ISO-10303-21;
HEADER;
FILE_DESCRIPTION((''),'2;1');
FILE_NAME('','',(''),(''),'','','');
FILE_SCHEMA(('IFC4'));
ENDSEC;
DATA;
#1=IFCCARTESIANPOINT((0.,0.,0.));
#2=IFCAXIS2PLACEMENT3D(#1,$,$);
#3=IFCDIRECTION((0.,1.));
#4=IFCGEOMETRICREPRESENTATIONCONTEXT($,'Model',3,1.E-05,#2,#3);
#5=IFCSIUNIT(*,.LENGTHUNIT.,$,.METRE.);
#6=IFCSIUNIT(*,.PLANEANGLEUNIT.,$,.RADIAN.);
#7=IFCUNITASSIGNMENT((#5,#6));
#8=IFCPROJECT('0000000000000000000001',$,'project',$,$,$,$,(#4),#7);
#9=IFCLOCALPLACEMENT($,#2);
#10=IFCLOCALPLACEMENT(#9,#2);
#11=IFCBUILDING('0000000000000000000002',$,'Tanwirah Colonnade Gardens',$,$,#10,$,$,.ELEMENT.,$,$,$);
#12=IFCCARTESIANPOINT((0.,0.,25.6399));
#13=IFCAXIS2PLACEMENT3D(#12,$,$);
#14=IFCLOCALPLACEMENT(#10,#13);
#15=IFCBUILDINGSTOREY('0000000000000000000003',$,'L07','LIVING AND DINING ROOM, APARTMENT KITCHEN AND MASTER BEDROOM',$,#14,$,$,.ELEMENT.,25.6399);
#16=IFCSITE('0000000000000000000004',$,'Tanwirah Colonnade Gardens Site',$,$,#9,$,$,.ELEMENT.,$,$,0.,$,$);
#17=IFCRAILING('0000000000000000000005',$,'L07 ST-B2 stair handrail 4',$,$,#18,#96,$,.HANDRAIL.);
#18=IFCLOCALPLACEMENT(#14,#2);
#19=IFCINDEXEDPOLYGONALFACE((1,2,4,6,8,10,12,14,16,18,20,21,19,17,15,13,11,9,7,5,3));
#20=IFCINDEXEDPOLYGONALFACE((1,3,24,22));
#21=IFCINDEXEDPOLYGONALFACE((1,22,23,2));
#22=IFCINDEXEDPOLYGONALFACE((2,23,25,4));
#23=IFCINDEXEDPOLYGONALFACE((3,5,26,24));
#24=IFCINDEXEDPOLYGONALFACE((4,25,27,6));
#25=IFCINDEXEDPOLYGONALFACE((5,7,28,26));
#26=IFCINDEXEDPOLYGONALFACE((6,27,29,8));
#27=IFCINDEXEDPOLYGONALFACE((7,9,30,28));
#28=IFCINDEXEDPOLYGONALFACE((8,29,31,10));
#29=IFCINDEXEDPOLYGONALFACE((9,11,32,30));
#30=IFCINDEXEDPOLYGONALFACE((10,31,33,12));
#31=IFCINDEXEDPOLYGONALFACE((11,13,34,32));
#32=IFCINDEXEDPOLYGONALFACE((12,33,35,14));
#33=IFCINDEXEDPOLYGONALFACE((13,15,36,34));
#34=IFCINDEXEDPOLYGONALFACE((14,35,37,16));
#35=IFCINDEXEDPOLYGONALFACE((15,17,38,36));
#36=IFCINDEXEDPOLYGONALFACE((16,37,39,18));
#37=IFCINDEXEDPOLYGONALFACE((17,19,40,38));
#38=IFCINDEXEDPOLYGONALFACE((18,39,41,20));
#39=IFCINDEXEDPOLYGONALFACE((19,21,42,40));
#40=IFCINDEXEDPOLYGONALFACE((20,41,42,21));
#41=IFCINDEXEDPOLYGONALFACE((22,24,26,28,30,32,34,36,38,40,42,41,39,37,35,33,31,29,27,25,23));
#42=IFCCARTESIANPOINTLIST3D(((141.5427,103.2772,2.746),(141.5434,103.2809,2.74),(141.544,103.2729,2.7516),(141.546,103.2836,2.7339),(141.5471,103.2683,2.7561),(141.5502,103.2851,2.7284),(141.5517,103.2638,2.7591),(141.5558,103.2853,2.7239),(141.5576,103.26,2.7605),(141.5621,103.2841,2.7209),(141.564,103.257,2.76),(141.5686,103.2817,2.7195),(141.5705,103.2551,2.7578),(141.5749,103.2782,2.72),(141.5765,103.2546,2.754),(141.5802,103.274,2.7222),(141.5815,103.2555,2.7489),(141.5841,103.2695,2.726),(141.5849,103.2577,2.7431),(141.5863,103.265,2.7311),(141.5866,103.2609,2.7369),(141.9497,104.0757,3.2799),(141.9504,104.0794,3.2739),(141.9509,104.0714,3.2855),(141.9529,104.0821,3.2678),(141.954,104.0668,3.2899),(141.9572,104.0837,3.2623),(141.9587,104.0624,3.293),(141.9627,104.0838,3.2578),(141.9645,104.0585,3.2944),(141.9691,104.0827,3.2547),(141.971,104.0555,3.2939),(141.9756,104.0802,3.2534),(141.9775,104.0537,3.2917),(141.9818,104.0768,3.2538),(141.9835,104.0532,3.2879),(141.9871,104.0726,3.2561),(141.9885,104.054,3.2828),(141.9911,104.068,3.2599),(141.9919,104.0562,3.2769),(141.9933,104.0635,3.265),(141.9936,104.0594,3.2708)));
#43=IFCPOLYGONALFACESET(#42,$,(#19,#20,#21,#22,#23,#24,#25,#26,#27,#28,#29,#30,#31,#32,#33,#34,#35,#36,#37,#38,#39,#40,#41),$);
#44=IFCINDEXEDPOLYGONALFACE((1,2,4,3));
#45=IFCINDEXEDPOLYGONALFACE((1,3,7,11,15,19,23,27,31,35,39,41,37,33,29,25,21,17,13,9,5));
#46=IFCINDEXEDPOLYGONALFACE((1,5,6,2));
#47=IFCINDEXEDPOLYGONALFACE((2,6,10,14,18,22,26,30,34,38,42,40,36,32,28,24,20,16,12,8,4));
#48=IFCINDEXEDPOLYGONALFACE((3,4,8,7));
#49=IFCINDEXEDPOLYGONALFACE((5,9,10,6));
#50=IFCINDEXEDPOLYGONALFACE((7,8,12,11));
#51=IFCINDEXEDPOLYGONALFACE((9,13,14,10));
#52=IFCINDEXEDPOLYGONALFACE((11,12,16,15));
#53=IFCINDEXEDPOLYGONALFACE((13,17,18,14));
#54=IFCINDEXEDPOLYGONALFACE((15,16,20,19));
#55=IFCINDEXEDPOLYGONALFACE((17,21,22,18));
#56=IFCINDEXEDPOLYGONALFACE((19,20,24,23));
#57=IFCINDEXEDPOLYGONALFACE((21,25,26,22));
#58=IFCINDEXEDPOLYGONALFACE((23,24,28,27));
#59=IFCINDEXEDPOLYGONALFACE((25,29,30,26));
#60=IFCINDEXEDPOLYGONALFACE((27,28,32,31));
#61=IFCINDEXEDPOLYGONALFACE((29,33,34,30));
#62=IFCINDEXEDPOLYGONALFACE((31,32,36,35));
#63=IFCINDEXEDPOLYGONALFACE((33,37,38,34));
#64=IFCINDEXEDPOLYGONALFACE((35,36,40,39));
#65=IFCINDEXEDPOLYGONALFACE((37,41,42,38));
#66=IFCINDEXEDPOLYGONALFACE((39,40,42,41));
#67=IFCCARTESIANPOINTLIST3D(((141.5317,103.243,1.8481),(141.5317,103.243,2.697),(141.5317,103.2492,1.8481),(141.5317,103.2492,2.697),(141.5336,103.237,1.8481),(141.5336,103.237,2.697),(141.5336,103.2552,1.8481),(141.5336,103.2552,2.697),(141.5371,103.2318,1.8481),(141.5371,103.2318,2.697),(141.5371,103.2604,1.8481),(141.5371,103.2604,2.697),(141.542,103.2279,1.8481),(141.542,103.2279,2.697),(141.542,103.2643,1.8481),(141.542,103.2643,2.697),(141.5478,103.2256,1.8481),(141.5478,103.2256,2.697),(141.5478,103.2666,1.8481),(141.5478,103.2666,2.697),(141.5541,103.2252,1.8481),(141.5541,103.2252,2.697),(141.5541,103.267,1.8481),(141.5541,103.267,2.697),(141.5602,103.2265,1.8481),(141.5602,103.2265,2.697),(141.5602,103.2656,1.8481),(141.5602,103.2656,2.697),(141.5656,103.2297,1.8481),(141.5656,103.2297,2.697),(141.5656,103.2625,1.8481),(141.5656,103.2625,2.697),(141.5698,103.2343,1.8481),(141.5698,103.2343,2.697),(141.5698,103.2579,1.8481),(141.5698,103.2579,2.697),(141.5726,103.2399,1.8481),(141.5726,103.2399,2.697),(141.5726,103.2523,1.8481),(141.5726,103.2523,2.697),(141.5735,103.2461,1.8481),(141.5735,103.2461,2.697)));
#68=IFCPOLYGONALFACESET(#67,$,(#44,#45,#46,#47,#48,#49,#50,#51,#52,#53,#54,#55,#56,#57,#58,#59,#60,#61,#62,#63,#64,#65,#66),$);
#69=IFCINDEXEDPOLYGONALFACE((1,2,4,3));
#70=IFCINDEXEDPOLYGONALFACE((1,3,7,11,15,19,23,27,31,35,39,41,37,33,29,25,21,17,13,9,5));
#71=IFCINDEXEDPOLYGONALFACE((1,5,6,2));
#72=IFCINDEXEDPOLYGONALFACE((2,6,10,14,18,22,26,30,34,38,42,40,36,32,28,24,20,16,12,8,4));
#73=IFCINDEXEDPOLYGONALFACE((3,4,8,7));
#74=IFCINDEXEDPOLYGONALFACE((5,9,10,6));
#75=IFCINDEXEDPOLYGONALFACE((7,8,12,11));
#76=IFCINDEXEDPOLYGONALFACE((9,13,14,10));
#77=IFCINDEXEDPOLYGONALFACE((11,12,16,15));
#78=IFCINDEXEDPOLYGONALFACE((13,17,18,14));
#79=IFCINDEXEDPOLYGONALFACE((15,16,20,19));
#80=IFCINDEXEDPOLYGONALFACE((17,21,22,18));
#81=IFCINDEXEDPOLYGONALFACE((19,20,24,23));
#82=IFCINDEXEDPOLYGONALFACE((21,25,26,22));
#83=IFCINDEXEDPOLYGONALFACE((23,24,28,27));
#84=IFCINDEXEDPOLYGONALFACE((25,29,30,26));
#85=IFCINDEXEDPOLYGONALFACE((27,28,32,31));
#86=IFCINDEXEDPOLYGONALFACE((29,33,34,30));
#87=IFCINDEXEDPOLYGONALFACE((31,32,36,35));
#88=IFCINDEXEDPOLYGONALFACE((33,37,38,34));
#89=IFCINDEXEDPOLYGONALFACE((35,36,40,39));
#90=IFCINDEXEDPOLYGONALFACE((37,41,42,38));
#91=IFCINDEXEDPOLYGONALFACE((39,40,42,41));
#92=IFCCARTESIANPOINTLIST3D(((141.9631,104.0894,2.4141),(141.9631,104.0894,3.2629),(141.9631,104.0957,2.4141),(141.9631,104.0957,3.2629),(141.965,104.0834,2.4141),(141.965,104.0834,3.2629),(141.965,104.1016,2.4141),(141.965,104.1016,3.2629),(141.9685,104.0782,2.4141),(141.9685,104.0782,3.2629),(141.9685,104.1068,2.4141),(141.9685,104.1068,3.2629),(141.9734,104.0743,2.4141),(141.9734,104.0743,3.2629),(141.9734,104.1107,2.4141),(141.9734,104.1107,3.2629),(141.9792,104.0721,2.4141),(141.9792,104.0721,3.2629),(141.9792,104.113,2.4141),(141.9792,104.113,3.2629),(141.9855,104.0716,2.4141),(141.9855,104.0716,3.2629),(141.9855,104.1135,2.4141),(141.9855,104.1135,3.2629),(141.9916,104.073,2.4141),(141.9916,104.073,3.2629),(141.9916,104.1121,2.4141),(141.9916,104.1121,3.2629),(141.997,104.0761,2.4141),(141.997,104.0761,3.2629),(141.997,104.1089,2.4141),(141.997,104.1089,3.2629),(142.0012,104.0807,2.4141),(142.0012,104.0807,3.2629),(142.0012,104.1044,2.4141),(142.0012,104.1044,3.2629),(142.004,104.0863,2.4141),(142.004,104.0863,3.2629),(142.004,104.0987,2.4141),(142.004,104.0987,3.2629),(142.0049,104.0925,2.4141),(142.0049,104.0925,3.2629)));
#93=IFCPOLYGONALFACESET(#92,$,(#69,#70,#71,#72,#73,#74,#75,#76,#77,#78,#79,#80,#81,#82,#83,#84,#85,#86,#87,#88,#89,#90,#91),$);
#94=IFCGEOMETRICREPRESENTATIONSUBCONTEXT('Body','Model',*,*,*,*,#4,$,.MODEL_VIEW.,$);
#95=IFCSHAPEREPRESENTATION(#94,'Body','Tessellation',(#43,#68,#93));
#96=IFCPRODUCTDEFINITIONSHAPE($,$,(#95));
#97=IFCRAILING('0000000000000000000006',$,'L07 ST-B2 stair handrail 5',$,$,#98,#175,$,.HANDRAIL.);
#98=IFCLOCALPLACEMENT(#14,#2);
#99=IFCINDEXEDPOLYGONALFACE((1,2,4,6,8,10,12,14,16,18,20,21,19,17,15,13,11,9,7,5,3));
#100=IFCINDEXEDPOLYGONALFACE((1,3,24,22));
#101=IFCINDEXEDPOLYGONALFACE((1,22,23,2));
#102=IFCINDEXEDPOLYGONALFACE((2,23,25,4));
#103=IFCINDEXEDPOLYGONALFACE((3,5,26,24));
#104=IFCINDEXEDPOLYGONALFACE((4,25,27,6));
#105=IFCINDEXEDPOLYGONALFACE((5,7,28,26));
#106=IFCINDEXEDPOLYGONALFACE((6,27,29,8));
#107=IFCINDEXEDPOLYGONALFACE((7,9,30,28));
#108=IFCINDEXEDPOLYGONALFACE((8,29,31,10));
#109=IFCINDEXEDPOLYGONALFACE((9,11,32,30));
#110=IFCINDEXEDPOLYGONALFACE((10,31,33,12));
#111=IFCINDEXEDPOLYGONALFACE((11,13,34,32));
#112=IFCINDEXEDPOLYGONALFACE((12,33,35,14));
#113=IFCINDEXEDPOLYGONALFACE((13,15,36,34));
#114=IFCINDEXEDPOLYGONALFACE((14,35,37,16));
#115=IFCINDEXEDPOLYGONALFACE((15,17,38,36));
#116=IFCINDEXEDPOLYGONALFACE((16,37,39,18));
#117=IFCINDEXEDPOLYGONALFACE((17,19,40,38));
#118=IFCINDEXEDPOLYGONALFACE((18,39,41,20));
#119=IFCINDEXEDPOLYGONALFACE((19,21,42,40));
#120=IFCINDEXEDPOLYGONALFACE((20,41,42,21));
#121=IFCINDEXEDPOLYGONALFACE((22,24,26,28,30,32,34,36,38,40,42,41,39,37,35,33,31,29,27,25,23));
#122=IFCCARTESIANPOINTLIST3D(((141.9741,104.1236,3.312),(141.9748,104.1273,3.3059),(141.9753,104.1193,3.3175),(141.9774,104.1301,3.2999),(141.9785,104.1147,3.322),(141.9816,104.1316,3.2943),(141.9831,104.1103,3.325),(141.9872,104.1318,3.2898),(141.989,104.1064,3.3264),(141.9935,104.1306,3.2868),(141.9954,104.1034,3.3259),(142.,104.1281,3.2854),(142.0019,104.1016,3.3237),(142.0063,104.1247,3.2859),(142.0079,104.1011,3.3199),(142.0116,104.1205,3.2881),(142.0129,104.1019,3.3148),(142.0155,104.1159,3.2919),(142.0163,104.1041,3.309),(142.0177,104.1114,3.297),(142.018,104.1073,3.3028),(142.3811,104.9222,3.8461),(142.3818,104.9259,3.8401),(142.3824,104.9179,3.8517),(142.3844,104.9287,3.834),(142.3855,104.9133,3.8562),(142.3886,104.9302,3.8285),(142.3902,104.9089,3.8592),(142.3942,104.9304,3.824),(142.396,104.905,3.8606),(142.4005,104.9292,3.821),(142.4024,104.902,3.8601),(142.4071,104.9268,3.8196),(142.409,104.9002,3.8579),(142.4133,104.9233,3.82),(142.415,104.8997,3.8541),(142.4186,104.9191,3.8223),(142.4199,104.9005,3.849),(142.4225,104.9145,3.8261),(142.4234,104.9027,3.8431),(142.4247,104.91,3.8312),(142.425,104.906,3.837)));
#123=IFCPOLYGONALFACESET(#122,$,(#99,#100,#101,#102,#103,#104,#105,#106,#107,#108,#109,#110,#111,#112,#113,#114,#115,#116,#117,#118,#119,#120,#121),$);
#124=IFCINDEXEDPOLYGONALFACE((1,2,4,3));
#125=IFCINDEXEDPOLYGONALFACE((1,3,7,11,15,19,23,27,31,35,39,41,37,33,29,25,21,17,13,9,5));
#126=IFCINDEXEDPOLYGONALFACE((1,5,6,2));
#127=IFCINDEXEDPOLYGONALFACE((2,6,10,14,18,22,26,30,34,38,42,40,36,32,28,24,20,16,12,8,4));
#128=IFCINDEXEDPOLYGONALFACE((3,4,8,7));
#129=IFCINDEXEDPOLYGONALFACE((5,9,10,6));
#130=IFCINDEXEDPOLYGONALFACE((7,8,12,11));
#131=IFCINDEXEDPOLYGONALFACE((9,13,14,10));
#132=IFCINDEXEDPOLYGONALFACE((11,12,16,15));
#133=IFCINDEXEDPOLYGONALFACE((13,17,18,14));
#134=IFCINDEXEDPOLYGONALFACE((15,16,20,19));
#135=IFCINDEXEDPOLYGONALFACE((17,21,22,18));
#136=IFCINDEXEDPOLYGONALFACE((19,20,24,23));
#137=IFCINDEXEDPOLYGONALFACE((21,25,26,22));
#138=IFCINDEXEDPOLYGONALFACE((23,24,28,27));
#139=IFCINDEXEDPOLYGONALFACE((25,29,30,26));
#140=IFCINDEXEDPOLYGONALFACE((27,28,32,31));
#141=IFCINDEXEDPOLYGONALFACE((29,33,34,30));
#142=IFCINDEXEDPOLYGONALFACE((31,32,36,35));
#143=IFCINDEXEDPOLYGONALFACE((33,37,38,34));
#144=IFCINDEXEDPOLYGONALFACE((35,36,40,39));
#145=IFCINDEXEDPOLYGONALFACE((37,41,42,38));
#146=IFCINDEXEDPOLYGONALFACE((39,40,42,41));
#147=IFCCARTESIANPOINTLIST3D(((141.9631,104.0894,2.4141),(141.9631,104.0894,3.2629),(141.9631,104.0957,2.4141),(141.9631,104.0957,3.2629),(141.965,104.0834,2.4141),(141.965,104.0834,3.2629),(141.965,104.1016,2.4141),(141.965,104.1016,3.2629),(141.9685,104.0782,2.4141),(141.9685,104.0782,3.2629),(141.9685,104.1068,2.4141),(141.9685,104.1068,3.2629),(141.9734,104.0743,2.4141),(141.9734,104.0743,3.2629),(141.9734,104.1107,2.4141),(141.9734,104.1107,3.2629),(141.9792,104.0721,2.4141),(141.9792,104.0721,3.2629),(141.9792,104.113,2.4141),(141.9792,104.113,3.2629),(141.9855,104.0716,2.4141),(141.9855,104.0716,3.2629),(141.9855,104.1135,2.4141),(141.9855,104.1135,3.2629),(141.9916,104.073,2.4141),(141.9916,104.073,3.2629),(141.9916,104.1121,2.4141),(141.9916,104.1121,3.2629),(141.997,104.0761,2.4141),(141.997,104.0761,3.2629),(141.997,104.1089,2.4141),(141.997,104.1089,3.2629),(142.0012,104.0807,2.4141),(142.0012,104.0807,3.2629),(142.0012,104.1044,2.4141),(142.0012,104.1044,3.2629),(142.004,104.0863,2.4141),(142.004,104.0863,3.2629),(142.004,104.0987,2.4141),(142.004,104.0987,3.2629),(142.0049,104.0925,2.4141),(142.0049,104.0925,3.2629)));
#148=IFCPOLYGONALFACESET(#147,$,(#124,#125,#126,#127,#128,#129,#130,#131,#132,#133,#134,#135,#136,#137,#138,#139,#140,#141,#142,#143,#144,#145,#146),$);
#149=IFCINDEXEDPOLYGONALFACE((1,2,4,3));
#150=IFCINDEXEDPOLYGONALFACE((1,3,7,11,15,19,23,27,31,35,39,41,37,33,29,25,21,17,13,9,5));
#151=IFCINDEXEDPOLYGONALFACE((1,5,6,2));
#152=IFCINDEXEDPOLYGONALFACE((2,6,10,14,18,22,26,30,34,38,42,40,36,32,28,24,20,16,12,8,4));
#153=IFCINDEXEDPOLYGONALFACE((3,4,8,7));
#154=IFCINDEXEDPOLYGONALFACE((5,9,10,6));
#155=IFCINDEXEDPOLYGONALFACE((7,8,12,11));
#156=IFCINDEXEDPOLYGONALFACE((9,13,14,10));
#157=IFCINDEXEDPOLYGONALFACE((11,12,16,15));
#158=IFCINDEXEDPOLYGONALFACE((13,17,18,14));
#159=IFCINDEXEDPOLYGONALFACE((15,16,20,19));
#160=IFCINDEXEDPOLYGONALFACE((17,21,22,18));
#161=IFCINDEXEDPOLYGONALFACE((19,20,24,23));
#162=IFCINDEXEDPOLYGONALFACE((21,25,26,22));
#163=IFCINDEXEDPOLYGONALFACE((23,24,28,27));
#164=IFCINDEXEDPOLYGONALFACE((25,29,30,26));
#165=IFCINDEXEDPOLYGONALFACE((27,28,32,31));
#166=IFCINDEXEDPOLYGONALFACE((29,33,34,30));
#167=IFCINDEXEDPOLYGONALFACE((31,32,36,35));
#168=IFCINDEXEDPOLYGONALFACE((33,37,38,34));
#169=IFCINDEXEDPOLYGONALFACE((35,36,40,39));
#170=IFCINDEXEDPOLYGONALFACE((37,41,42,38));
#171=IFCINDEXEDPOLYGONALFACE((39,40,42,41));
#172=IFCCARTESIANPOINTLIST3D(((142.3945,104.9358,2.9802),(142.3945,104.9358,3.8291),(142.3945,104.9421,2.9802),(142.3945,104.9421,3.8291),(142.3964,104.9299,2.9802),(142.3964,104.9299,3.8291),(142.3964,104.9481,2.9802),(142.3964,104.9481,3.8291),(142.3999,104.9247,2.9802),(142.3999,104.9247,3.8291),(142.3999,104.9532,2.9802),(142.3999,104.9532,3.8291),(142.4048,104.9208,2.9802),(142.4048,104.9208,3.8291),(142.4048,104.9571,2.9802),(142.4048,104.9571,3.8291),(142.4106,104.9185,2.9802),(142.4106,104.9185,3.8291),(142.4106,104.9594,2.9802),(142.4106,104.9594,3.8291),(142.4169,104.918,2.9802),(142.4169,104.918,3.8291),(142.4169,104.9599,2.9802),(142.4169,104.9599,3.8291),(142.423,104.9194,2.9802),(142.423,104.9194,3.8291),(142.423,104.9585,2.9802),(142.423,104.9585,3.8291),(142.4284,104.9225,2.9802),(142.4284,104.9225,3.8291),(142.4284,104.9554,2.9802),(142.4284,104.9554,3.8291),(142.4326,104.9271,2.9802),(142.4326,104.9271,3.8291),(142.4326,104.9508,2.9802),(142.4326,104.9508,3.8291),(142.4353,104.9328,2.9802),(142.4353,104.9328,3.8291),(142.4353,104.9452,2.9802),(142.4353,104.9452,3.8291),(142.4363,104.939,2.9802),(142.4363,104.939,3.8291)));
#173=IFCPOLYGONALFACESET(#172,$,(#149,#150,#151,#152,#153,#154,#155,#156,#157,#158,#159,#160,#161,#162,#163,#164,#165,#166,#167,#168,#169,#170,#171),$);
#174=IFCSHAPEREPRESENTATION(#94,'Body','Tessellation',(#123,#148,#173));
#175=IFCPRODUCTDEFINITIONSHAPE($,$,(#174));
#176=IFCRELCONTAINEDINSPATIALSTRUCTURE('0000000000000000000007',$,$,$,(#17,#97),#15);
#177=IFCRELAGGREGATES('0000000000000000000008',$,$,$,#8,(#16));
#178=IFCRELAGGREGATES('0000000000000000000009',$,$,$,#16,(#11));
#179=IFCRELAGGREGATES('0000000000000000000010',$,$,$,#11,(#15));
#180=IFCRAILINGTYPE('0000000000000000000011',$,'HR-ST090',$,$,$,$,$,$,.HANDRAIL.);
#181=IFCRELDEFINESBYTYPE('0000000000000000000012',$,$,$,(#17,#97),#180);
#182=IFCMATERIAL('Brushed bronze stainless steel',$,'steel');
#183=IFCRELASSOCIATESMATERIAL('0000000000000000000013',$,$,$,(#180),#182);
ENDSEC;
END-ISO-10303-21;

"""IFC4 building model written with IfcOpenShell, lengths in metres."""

from ifc_helpers import new_model, si_unit, direction, frame, origin, origin_2d, place, context, subcontext, project, spatial, circle, extrude, material, type_object, element, save


model = new_model("IFC4")

# Units and contexts
model_context = context("Model", 3, precision=1e-05, world=origin(), true_north=direction((0.0, 1.0)))
body_context = subcontext(model_context, "Body", "Model", "MODEL_VIEW")
ifc_project = project(units=[si_unit("LENGTHUNIT", "METRE"), si_unit("PLANEANGLEUNIT", "RADIAN")], contexts=[model_context])

# Site, building, storey
site_placement = place(None, origin())
site = spatial("IfcSite", under=ifc_project, at=site_placement, Name="Tanwirah Colonnade Gardens Site", CompositionType="ELEMENT", RefElevation=0.0)
building_placement = place(site_placement, origin())
building = spatial("IfcBuilding", under=site, at=building_placement, Name="Tanwirah Colonnade Gardens", CompositionType="ELEMENT")
storey_placement = place(building_placement, frame((0.0, 0.0, 25.6399)))
storey = spatial("IfcBuildingStorey", under=building, at=storey_placement, Name="L07", Description="LIVING AND DINING ROOM, APARTMENT KITCHEN AND MASTER BEDROOM", CompositionType="ELEMENT", Elevation=25.6399)

# Railings
ifc_material_1 = material(Name="Brushed bronze stainless steel", Category="steel")
railing_type_1 = type_object("IfcRailingType", Name="HR-ST090", PredefinedType="HANDRAIL", material=ifc_material_1)
railing_1_placement = place(storey_placement, frame((141.5525, 103.2461, 1.8481)))
element("IfcRailing", 1, at=railing_1_placement, inside=storey, type_object=railing_type_1, Name="L07 ST-B2 stair handrail 4", PredefinedType="HANDRAIL", context=body_context, shape_type="SweptSolid", body=[
    extrude(circle(Radius=0.0239, at=origin_2d()), frame((0.0122, 0.0239, 0.8918), z_axis=(0.390118, 0.765443, 0.511767), x_axis=(-0.890957, 0.454087, 0.0)), (0.0, 0.0, 1.0), 1.0432),
    extrude(circle(Radius=0.021, at=origin_2d()), origin(), (0.0, 0.0, 1.0), 0.8489),
    extrude(circle(Radius=0.021, at=origin_2d()), frame((0.4314, 0.8464, 0.5659)), (0.0, 0.0, 1.0), 0.8489),
])
railing_2_placement = place(storey_placement, frame((141.9839, 104.0925, 2.4141)))
element("IfcRailing", 2, at=railing_2_placement, inside=storey, type_object=railing_type_1, Name="L07 ST-B2 stair handrail 5", PredefinedType="HANDRAIL", context=body_context, shape_type="SweptSolid", body=[
    extrude(circle(Radius=0.0239, at=origin_2d()), frame((0.0122, 0.0239, 0.8918), z_axis=(0.390073, 0.765356, 0.51193), x_axis=(-0.890957, 0.454087, 0.0)), (0.0, 0.0, 1.0), 1.0435),
    extrude(circle(Radius=0.021, at=origin_2d()), origin(), (0.0, 0.0, 1.0), 0.8489),
    extrude(circle(Radius=0.021, at=origin_2d()), frame((0.4314, 0.8464, 0.5662)), (0.0, 0.0, 1.0), 0.8489),
])

save(model, "model.ifc")
